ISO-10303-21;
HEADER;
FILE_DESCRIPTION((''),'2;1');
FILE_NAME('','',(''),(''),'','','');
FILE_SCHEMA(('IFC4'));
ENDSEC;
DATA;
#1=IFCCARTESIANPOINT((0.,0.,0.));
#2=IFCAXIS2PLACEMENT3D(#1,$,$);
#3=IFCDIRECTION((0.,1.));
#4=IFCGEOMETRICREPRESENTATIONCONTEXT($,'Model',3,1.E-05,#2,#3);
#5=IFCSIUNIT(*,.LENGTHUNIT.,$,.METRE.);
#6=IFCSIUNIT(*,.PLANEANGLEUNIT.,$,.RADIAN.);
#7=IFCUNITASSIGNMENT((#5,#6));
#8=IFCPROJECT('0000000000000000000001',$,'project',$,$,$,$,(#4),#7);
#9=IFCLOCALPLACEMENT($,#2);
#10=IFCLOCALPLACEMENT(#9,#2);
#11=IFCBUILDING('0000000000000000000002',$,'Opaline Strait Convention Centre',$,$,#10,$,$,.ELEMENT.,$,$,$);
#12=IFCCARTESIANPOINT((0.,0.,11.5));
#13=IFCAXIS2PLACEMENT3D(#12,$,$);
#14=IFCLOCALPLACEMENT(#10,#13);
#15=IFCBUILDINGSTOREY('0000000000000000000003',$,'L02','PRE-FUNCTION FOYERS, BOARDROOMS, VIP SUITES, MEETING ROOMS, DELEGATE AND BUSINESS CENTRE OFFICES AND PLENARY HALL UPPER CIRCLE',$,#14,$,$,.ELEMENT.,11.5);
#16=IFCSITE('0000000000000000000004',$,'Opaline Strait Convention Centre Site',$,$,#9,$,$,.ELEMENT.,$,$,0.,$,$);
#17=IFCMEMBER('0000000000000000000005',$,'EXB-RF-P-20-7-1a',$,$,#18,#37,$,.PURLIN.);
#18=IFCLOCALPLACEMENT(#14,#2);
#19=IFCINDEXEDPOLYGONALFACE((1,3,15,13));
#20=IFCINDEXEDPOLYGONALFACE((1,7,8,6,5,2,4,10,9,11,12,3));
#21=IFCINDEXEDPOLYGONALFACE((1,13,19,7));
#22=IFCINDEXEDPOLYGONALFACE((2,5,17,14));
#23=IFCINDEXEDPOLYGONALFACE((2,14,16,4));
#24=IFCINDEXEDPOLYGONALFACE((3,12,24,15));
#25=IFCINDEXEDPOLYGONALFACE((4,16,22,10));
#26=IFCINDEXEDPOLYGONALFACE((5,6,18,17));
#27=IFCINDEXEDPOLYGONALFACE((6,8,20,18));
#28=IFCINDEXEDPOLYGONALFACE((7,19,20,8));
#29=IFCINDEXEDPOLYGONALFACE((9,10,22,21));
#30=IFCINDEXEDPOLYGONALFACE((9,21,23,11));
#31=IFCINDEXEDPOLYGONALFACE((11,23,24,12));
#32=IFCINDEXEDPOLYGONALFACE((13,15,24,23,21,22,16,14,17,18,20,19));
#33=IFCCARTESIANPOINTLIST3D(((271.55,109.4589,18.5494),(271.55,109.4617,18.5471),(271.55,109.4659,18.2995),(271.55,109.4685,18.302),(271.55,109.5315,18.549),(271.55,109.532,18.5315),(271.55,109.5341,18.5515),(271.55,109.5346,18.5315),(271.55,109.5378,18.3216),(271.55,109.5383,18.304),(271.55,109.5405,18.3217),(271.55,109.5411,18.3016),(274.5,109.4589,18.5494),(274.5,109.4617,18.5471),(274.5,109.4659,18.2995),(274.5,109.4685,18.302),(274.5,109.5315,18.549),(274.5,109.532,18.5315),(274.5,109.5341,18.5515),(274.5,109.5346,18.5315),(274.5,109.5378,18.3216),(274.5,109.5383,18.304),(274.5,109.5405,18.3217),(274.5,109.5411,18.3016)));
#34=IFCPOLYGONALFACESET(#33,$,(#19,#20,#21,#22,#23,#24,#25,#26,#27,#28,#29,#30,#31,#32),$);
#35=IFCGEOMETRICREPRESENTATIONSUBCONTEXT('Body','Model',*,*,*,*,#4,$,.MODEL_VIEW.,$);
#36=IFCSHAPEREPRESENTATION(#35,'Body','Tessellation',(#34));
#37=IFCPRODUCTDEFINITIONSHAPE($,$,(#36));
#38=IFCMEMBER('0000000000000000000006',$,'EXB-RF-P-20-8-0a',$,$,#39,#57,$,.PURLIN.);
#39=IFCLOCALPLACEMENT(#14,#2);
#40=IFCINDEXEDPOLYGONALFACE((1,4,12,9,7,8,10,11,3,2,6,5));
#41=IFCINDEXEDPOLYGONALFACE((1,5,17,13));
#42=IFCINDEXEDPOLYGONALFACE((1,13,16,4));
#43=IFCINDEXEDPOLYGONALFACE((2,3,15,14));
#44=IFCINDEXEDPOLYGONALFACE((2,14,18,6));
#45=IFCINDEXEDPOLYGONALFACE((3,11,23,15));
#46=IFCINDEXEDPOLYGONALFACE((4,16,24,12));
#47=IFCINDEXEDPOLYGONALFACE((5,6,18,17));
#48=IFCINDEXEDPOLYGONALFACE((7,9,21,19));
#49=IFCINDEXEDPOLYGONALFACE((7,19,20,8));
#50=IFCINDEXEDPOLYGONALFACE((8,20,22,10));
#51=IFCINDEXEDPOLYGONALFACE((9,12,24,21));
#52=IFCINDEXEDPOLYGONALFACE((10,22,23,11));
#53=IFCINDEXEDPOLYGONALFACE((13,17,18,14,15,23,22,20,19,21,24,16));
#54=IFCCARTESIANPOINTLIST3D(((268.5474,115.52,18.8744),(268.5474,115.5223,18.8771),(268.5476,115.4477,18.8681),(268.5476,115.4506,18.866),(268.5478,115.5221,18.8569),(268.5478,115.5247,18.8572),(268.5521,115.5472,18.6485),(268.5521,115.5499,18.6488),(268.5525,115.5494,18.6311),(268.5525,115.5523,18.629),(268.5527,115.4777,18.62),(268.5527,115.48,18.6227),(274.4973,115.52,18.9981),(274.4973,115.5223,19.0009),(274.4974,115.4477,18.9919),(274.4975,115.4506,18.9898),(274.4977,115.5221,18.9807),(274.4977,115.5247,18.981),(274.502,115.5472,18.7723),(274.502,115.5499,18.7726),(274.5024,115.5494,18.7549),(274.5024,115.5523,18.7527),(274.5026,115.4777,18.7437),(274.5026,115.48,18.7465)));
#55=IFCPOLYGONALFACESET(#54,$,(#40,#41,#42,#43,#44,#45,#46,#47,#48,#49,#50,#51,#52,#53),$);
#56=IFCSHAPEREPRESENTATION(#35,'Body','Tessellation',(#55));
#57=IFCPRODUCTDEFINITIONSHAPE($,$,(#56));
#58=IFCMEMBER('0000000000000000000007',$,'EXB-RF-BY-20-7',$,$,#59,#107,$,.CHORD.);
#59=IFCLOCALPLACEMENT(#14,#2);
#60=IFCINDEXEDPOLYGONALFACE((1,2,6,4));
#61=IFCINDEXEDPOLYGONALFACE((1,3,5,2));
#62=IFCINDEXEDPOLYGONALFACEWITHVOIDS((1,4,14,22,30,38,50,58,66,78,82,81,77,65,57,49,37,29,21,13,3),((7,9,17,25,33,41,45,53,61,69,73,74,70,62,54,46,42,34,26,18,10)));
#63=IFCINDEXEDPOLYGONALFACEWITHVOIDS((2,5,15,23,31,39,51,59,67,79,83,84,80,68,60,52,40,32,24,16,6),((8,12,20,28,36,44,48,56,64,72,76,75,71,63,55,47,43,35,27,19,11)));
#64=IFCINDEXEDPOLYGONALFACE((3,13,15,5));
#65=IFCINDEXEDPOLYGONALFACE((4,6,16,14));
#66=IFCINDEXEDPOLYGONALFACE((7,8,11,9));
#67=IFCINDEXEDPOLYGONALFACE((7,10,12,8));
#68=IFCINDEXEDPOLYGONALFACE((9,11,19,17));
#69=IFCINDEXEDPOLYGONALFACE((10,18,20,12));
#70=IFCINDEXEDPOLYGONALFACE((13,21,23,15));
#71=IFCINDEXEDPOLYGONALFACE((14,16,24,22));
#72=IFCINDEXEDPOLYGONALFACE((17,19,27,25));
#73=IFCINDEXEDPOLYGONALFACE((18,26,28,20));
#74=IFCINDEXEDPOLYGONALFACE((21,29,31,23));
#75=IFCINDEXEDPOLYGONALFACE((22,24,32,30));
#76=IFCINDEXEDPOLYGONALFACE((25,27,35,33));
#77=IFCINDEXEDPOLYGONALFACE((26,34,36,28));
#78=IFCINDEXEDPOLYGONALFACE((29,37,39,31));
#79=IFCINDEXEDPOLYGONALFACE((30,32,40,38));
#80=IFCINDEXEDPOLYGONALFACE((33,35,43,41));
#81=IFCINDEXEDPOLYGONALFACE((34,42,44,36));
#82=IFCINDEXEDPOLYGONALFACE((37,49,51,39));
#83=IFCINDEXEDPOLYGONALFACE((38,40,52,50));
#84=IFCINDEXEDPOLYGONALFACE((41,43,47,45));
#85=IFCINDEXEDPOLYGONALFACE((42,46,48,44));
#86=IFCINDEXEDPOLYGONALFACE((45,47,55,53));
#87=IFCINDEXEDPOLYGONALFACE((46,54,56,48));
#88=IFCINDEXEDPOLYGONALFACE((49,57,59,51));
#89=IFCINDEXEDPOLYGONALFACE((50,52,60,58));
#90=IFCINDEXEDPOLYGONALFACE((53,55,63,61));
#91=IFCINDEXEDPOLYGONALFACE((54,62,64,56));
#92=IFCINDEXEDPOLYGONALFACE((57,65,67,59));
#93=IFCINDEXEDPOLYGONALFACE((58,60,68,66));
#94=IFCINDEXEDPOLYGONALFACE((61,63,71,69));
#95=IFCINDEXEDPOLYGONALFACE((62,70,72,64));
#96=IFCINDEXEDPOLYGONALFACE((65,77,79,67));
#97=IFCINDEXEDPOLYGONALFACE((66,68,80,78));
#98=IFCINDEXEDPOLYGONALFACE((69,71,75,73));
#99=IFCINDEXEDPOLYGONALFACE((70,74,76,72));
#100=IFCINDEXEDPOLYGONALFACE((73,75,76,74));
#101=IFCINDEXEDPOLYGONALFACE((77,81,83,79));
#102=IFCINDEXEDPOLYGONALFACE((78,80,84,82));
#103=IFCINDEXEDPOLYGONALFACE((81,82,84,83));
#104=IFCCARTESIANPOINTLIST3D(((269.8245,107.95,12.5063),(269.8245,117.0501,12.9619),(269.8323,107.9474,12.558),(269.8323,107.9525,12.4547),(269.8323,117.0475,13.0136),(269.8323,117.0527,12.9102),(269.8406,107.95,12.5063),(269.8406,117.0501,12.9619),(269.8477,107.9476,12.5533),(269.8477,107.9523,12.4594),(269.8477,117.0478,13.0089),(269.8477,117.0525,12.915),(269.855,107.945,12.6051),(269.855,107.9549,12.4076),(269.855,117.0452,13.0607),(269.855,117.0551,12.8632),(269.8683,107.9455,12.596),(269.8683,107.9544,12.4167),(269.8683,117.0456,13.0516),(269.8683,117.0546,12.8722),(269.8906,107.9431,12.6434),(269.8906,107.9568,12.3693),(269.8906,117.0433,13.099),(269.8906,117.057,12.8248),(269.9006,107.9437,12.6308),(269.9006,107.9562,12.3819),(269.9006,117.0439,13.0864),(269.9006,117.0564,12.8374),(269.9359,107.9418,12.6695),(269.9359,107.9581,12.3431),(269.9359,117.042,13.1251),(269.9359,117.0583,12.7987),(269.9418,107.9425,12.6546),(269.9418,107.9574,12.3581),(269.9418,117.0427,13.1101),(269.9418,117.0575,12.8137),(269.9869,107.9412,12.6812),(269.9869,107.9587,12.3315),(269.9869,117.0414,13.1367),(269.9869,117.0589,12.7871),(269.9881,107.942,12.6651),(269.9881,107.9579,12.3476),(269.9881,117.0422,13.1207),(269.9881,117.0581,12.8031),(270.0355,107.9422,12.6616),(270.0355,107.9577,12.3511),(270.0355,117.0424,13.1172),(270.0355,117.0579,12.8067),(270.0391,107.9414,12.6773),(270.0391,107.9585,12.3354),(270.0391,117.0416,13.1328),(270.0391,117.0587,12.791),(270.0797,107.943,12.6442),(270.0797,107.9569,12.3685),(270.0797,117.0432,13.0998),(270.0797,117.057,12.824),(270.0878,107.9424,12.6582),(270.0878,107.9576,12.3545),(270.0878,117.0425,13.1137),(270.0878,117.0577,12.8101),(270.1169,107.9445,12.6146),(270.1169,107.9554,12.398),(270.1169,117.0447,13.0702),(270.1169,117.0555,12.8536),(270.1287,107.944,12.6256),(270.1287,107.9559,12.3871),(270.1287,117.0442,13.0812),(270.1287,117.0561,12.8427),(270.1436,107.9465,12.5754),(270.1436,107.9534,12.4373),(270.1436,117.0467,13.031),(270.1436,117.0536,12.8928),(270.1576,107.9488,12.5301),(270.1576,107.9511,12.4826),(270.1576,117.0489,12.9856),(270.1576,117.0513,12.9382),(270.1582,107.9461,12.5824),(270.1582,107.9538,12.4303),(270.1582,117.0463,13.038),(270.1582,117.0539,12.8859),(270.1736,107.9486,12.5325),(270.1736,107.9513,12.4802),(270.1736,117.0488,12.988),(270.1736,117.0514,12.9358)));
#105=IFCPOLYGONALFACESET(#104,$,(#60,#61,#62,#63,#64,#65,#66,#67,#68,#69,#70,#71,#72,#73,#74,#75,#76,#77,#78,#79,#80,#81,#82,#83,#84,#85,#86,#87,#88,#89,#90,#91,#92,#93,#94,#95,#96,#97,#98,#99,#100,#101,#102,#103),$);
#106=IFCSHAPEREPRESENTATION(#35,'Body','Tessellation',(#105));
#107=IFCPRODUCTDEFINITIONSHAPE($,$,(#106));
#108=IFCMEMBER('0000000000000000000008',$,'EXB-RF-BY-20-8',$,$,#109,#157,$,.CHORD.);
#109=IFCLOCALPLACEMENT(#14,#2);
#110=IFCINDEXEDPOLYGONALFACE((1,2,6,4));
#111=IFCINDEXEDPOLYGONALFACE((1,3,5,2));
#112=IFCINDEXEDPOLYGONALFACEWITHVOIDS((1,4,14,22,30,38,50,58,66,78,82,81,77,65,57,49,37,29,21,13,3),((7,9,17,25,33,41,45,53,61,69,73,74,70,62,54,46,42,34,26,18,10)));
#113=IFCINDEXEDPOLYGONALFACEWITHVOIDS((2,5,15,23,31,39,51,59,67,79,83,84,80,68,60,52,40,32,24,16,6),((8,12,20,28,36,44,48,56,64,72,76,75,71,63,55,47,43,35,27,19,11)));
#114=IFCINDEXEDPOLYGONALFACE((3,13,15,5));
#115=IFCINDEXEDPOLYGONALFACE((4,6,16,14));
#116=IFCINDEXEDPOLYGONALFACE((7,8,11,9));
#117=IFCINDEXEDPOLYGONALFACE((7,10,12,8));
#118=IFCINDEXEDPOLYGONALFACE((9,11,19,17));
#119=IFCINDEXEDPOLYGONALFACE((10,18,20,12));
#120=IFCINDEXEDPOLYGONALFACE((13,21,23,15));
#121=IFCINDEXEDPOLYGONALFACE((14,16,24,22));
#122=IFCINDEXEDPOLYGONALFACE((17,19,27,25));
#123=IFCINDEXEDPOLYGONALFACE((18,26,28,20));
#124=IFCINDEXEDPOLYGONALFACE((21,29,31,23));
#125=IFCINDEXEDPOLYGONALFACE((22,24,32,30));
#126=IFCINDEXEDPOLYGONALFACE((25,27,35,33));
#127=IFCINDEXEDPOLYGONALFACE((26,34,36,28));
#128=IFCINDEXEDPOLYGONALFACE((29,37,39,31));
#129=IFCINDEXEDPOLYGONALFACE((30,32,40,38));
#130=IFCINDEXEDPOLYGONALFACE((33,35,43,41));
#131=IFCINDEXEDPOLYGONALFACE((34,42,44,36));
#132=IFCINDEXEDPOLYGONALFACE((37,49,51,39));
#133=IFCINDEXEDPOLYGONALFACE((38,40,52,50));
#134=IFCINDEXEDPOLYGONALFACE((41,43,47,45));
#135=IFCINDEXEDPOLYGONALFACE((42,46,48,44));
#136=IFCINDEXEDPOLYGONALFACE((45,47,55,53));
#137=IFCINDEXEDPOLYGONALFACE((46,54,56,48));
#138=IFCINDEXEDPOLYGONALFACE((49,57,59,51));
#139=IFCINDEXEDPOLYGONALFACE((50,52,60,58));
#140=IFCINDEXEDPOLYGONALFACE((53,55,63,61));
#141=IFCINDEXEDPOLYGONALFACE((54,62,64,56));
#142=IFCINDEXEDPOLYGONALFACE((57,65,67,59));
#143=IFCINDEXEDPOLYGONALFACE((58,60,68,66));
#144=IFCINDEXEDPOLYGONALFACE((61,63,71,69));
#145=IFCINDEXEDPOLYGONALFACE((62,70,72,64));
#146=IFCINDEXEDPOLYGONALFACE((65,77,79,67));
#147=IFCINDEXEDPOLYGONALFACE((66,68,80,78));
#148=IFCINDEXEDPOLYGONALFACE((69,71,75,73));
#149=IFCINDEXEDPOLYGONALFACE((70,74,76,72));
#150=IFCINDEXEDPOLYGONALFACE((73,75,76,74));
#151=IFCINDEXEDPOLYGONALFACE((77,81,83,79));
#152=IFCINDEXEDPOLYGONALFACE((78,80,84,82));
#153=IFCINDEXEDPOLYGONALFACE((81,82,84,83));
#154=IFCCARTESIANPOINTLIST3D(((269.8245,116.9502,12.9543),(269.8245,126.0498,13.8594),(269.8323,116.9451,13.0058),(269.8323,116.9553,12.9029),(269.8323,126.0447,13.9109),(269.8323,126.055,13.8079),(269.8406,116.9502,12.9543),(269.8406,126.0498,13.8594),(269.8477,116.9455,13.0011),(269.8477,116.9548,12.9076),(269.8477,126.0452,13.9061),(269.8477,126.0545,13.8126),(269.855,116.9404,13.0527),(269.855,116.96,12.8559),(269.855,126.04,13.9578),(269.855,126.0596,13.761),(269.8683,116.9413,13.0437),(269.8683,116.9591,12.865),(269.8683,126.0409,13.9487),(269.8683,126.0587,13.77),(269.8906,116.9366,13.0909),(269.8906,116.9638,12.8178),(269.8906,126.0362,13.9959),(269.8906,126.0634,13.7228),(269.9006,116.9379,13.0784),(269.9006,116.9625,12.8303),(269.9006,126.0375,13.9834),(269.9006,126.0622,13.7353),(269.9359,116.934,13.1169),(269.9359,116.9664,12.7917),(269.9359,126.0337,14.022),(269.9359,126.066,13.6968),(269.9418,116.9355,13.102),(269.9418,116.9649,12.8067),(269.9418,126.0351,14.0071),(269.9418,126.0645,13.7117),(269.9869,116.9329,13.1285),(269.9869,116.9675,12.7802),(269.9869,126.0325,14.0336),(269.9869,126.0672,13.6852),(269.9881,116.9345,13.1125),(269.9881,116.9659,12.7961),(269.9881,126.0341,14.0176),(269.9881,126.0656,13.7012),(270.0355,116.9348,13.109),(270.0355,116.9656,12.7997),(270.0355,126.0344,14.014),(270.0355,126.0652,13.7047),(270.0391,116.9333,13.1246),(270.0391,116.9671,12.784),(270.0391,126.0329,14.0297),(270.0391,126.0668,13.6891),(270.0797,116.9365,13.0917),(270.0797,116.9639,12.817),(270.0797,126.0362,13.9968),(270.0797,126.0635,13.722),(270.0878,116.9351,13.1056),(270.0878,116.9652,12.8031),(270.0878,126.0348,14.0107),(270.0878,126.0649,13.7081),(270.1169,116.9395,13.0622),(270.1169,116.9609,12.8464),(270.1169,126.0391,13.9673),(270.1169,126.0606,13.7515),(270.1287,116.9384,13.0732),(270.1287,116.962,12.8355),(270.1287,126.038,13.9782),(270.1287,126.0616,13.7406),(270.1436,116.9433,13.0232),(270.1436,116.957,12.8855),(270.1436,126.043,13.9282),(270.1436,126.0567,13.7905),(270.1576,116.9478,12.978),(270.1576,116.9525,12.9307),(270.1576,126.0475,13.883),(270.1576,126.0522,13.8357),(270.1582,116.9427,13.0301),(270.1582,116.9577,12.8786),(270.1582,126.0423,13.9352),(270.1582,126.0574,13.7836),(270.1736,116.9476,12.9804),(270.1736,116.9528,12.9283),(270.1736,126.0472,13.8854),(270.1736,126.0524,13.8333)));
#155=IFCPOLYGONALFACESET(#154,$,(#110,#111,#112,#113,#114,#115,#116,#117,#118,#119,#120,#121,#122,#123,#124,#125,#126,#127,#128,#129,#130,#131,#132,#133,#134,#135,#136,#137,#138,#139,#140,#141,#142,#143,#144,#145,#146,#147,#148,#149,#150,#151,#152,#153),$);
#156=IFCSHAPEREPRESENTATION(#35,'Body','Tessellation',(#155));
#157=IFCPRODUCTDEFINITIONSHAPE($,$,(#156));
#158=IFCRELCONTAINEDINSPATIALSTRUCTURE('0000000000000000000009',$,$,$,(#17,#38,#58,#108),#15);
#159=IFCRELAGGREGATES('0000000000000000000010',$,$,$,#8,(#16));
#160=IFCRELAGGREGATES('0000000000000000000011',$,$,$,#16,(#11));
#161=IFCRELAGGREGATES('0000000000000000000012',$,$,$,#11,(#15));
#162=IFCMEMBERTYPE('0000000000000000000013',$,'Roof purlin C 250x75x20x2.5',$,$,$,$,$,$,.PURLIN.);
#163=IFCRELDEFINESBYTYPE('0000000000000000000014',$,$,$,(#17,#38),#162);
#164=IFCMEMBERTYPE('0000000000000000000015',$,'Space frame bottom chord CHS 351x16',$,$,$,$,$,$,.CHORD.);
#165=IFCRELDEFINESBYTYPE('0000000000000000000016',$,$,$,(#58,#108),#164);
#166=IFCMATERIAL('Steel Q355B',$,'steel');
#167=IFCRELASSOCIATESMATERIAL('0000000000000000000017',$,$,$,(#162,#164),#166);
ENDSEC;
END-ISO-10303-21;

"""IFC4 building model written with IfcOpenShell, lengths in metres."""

from ifc_helpers import new_model, si_unit, direction, frame, origin, origin_2d, place, context, subcontext, project, spatial, polyline, hollow_circle, outline, extrude, material, material_profile, profile_set, type_object, element, save


model = new_model("IFC4")

# Units and contexts
model_context = context("Model", 3, precision=1e-05, world=origin(), true_north=direction((0.0, 1.0)))
body_context = subcontext(model_context, "Body", "Model", "MODEL_VIEW")
ifc_project = project(units=[si_unit("LENGTHUNIT", "METRE"), si_unit("PLANEANGLEUNIT", "RADIAN")], contexts=[model_context])

# Site, building, storey
site_placement = place(None, origin())
site = spatial("IfcSite", under=ifc_project, at=site_placement, Name="Opaline Strait Convention Centre Site", CompositionType="ELEMENT", RefElevation=0.0)
building_placement = place(site_placement, origin())
building = spatial("IfcBuilding", under=site, at=building_placement, Name="Opaline Strait Convention Centre", CompositionType="ELEMENT")
storey_placement = place(building_placement, frame((0.0, 0.0, 11.5)))
storey = spatial("IfcBuildingStorey", under=building, at=storey_placement, Name="L02", Description="PRE-FUNCTION FOYERS, BOARDROOMS, VIP SUITES, MEETING ROOMS, DELEGATE AND BUSINESS CENTRE OFFICES AND PLENARY HALL UPPER CIRCLE", CompositionType="ELEMENT", Elevation=11.5)

# Members
ifc_material_1 = material(Name="Steel Q355B", Category="steel")
ifc_material_profile_1 = material_profile(ifc_material_1, outline(polyline([(-0.0376, -0.125), (0.0376, -0.125), (0.0376, -0.105), (0.0349, -0.105), (0.0349, -0.1226), (-0.0349, -0.1226), (-0.0349, 0.1226), (0.0349, 0.1226), (0.0349, 0.105), (0.0376, 0.105), (0.0376, 0.125), (-0.0376, 0.125), (-0.0376, -0.125)])), Name="C 250x75x20x2.5")
ifc_profile_set_1 = profile_set([ifc_material_profile_1], Name="Steel Q355B")
member_type_1 = type_object("IfcMemberType", Name="Roof purlin C 250x75x20x2.5", PredefinedType="PURLIN", material=ifc_profile_set_1)
member_1_placement = place(storey_placement, frame((271.55, 109.5, 18.4255), z_axis=(1.0, 0.0, 0.0), x_axis=(0.0, 0.999606, 0.028066)))
element("IfcMember", 1, at=member_1_placement, inside=storey, type_object=member_type_1, Name="EXB-RF-P-20-7-1a", PredefinedType="PURLIN", context=body_context, shape_type="SweptSolid", body=[
    extrude(outline(polyline([(-0.0376, -0.125), (0.0376, -0.125), (0.0376, -0.105), (0.0349, -0.105), (0.0349, -0.1226), (-0.0349, -0.1226), (-0.0349, 0.1226), (0.0349, 0.1226), (0.0349, 0.105), (0.0376, 0.105), (0.0376, 0.125), (-0.0376, 0.125), (-0.0376, -0.125)])), origin(), (0.0, 0.0, 1.0), 2.95),
])
member_2_placement = place(storey_placement, frame((268.55, 115.5, 18.7485), z_axis=(0.999784, 0.0, 0.020799), x_axis=(-0.002494, 0.992783, 0.119896)))
element("IfcMember", 2, at=member_2_placement, inside=storey, type_object=member_type_1, Name="EXB-RF-P-20-8-0a", PredefinedType="PURLIN", context=body_context, shape_type="SweptSolid", body=[
    extrude(outline(polyline([(-0.0376, -0.125), (0.0376, -0.125), (0.0376, -0.105), (0.0349, -0.105), (0.0349, -0.1226), (-0.0349, -0.1226), (-0.0349, 0.1226), (0.0349, 0.1226), (0.0349, 0.105), (0.0376, 0.105), (0.0376, 0.125), (-0.0376, 0.125), (-0.0376, -0.125)])), origin(), (0.0, 0.0, 1.0), 5.9512),
])
ifc_material_profile_2 = material_profile(ifc_material_1, hollow_circle(Radius=0.1755, WallThickness=0.0161, at=origin_2d()), Name="CHS 351x16")
ifc_profile_set_2 = profile_set([ifc_material_profile_2], Name="Steel Q355B")
member_type_2 = type_object("IfcMemberType", Name="Space frame bottom chord CHS 351x16", PredefinedType="CHORD", material=ifc_profile_set_2)
member_3_placement = place(storey_placement, frame((270.0, 107.95, 12.5063), z_axis=(0.0, 0.998749, 0.049999), x_axis=(-1.0, 0.0, 0.0)))
element("IfcMember", 3, at=member_3_placement, inside=storey, type_object=member_type_2, Name="EXB-RF-BY-20-7", PredefinedType="CHORD", context=body_context, shape_type="SweptSolid", body=[
    extrude(hollow_circle(Radius=0.1755, WallThickness=0.0161, at=origin_2d()), origin(), (0.0, 0.0, 1.0), 9.1116),
])
member_4_placement = place(storey_placement, frame((270.0, 116.9502, 12.9543), z_axis=(0.0, 0.99509, 0.09897), x_axis=(-1.0, 0.0, 0.0)))
element("IfcMember", 4, at=member_4_placement, inside=storey, type_object=member_type_2, Name="EXB-RF-BY-20-8", PredefinedType="CHORD", context=body_context, shape_type="SweptSolid", body=[
    extrude(hollow_circle(Radius=0.1755, WallThickness=0.0161, at=origin_2d()), origin(), (0.0, 0.0, 1.0), 9.1445),
])

save(model, "model.ifc")
